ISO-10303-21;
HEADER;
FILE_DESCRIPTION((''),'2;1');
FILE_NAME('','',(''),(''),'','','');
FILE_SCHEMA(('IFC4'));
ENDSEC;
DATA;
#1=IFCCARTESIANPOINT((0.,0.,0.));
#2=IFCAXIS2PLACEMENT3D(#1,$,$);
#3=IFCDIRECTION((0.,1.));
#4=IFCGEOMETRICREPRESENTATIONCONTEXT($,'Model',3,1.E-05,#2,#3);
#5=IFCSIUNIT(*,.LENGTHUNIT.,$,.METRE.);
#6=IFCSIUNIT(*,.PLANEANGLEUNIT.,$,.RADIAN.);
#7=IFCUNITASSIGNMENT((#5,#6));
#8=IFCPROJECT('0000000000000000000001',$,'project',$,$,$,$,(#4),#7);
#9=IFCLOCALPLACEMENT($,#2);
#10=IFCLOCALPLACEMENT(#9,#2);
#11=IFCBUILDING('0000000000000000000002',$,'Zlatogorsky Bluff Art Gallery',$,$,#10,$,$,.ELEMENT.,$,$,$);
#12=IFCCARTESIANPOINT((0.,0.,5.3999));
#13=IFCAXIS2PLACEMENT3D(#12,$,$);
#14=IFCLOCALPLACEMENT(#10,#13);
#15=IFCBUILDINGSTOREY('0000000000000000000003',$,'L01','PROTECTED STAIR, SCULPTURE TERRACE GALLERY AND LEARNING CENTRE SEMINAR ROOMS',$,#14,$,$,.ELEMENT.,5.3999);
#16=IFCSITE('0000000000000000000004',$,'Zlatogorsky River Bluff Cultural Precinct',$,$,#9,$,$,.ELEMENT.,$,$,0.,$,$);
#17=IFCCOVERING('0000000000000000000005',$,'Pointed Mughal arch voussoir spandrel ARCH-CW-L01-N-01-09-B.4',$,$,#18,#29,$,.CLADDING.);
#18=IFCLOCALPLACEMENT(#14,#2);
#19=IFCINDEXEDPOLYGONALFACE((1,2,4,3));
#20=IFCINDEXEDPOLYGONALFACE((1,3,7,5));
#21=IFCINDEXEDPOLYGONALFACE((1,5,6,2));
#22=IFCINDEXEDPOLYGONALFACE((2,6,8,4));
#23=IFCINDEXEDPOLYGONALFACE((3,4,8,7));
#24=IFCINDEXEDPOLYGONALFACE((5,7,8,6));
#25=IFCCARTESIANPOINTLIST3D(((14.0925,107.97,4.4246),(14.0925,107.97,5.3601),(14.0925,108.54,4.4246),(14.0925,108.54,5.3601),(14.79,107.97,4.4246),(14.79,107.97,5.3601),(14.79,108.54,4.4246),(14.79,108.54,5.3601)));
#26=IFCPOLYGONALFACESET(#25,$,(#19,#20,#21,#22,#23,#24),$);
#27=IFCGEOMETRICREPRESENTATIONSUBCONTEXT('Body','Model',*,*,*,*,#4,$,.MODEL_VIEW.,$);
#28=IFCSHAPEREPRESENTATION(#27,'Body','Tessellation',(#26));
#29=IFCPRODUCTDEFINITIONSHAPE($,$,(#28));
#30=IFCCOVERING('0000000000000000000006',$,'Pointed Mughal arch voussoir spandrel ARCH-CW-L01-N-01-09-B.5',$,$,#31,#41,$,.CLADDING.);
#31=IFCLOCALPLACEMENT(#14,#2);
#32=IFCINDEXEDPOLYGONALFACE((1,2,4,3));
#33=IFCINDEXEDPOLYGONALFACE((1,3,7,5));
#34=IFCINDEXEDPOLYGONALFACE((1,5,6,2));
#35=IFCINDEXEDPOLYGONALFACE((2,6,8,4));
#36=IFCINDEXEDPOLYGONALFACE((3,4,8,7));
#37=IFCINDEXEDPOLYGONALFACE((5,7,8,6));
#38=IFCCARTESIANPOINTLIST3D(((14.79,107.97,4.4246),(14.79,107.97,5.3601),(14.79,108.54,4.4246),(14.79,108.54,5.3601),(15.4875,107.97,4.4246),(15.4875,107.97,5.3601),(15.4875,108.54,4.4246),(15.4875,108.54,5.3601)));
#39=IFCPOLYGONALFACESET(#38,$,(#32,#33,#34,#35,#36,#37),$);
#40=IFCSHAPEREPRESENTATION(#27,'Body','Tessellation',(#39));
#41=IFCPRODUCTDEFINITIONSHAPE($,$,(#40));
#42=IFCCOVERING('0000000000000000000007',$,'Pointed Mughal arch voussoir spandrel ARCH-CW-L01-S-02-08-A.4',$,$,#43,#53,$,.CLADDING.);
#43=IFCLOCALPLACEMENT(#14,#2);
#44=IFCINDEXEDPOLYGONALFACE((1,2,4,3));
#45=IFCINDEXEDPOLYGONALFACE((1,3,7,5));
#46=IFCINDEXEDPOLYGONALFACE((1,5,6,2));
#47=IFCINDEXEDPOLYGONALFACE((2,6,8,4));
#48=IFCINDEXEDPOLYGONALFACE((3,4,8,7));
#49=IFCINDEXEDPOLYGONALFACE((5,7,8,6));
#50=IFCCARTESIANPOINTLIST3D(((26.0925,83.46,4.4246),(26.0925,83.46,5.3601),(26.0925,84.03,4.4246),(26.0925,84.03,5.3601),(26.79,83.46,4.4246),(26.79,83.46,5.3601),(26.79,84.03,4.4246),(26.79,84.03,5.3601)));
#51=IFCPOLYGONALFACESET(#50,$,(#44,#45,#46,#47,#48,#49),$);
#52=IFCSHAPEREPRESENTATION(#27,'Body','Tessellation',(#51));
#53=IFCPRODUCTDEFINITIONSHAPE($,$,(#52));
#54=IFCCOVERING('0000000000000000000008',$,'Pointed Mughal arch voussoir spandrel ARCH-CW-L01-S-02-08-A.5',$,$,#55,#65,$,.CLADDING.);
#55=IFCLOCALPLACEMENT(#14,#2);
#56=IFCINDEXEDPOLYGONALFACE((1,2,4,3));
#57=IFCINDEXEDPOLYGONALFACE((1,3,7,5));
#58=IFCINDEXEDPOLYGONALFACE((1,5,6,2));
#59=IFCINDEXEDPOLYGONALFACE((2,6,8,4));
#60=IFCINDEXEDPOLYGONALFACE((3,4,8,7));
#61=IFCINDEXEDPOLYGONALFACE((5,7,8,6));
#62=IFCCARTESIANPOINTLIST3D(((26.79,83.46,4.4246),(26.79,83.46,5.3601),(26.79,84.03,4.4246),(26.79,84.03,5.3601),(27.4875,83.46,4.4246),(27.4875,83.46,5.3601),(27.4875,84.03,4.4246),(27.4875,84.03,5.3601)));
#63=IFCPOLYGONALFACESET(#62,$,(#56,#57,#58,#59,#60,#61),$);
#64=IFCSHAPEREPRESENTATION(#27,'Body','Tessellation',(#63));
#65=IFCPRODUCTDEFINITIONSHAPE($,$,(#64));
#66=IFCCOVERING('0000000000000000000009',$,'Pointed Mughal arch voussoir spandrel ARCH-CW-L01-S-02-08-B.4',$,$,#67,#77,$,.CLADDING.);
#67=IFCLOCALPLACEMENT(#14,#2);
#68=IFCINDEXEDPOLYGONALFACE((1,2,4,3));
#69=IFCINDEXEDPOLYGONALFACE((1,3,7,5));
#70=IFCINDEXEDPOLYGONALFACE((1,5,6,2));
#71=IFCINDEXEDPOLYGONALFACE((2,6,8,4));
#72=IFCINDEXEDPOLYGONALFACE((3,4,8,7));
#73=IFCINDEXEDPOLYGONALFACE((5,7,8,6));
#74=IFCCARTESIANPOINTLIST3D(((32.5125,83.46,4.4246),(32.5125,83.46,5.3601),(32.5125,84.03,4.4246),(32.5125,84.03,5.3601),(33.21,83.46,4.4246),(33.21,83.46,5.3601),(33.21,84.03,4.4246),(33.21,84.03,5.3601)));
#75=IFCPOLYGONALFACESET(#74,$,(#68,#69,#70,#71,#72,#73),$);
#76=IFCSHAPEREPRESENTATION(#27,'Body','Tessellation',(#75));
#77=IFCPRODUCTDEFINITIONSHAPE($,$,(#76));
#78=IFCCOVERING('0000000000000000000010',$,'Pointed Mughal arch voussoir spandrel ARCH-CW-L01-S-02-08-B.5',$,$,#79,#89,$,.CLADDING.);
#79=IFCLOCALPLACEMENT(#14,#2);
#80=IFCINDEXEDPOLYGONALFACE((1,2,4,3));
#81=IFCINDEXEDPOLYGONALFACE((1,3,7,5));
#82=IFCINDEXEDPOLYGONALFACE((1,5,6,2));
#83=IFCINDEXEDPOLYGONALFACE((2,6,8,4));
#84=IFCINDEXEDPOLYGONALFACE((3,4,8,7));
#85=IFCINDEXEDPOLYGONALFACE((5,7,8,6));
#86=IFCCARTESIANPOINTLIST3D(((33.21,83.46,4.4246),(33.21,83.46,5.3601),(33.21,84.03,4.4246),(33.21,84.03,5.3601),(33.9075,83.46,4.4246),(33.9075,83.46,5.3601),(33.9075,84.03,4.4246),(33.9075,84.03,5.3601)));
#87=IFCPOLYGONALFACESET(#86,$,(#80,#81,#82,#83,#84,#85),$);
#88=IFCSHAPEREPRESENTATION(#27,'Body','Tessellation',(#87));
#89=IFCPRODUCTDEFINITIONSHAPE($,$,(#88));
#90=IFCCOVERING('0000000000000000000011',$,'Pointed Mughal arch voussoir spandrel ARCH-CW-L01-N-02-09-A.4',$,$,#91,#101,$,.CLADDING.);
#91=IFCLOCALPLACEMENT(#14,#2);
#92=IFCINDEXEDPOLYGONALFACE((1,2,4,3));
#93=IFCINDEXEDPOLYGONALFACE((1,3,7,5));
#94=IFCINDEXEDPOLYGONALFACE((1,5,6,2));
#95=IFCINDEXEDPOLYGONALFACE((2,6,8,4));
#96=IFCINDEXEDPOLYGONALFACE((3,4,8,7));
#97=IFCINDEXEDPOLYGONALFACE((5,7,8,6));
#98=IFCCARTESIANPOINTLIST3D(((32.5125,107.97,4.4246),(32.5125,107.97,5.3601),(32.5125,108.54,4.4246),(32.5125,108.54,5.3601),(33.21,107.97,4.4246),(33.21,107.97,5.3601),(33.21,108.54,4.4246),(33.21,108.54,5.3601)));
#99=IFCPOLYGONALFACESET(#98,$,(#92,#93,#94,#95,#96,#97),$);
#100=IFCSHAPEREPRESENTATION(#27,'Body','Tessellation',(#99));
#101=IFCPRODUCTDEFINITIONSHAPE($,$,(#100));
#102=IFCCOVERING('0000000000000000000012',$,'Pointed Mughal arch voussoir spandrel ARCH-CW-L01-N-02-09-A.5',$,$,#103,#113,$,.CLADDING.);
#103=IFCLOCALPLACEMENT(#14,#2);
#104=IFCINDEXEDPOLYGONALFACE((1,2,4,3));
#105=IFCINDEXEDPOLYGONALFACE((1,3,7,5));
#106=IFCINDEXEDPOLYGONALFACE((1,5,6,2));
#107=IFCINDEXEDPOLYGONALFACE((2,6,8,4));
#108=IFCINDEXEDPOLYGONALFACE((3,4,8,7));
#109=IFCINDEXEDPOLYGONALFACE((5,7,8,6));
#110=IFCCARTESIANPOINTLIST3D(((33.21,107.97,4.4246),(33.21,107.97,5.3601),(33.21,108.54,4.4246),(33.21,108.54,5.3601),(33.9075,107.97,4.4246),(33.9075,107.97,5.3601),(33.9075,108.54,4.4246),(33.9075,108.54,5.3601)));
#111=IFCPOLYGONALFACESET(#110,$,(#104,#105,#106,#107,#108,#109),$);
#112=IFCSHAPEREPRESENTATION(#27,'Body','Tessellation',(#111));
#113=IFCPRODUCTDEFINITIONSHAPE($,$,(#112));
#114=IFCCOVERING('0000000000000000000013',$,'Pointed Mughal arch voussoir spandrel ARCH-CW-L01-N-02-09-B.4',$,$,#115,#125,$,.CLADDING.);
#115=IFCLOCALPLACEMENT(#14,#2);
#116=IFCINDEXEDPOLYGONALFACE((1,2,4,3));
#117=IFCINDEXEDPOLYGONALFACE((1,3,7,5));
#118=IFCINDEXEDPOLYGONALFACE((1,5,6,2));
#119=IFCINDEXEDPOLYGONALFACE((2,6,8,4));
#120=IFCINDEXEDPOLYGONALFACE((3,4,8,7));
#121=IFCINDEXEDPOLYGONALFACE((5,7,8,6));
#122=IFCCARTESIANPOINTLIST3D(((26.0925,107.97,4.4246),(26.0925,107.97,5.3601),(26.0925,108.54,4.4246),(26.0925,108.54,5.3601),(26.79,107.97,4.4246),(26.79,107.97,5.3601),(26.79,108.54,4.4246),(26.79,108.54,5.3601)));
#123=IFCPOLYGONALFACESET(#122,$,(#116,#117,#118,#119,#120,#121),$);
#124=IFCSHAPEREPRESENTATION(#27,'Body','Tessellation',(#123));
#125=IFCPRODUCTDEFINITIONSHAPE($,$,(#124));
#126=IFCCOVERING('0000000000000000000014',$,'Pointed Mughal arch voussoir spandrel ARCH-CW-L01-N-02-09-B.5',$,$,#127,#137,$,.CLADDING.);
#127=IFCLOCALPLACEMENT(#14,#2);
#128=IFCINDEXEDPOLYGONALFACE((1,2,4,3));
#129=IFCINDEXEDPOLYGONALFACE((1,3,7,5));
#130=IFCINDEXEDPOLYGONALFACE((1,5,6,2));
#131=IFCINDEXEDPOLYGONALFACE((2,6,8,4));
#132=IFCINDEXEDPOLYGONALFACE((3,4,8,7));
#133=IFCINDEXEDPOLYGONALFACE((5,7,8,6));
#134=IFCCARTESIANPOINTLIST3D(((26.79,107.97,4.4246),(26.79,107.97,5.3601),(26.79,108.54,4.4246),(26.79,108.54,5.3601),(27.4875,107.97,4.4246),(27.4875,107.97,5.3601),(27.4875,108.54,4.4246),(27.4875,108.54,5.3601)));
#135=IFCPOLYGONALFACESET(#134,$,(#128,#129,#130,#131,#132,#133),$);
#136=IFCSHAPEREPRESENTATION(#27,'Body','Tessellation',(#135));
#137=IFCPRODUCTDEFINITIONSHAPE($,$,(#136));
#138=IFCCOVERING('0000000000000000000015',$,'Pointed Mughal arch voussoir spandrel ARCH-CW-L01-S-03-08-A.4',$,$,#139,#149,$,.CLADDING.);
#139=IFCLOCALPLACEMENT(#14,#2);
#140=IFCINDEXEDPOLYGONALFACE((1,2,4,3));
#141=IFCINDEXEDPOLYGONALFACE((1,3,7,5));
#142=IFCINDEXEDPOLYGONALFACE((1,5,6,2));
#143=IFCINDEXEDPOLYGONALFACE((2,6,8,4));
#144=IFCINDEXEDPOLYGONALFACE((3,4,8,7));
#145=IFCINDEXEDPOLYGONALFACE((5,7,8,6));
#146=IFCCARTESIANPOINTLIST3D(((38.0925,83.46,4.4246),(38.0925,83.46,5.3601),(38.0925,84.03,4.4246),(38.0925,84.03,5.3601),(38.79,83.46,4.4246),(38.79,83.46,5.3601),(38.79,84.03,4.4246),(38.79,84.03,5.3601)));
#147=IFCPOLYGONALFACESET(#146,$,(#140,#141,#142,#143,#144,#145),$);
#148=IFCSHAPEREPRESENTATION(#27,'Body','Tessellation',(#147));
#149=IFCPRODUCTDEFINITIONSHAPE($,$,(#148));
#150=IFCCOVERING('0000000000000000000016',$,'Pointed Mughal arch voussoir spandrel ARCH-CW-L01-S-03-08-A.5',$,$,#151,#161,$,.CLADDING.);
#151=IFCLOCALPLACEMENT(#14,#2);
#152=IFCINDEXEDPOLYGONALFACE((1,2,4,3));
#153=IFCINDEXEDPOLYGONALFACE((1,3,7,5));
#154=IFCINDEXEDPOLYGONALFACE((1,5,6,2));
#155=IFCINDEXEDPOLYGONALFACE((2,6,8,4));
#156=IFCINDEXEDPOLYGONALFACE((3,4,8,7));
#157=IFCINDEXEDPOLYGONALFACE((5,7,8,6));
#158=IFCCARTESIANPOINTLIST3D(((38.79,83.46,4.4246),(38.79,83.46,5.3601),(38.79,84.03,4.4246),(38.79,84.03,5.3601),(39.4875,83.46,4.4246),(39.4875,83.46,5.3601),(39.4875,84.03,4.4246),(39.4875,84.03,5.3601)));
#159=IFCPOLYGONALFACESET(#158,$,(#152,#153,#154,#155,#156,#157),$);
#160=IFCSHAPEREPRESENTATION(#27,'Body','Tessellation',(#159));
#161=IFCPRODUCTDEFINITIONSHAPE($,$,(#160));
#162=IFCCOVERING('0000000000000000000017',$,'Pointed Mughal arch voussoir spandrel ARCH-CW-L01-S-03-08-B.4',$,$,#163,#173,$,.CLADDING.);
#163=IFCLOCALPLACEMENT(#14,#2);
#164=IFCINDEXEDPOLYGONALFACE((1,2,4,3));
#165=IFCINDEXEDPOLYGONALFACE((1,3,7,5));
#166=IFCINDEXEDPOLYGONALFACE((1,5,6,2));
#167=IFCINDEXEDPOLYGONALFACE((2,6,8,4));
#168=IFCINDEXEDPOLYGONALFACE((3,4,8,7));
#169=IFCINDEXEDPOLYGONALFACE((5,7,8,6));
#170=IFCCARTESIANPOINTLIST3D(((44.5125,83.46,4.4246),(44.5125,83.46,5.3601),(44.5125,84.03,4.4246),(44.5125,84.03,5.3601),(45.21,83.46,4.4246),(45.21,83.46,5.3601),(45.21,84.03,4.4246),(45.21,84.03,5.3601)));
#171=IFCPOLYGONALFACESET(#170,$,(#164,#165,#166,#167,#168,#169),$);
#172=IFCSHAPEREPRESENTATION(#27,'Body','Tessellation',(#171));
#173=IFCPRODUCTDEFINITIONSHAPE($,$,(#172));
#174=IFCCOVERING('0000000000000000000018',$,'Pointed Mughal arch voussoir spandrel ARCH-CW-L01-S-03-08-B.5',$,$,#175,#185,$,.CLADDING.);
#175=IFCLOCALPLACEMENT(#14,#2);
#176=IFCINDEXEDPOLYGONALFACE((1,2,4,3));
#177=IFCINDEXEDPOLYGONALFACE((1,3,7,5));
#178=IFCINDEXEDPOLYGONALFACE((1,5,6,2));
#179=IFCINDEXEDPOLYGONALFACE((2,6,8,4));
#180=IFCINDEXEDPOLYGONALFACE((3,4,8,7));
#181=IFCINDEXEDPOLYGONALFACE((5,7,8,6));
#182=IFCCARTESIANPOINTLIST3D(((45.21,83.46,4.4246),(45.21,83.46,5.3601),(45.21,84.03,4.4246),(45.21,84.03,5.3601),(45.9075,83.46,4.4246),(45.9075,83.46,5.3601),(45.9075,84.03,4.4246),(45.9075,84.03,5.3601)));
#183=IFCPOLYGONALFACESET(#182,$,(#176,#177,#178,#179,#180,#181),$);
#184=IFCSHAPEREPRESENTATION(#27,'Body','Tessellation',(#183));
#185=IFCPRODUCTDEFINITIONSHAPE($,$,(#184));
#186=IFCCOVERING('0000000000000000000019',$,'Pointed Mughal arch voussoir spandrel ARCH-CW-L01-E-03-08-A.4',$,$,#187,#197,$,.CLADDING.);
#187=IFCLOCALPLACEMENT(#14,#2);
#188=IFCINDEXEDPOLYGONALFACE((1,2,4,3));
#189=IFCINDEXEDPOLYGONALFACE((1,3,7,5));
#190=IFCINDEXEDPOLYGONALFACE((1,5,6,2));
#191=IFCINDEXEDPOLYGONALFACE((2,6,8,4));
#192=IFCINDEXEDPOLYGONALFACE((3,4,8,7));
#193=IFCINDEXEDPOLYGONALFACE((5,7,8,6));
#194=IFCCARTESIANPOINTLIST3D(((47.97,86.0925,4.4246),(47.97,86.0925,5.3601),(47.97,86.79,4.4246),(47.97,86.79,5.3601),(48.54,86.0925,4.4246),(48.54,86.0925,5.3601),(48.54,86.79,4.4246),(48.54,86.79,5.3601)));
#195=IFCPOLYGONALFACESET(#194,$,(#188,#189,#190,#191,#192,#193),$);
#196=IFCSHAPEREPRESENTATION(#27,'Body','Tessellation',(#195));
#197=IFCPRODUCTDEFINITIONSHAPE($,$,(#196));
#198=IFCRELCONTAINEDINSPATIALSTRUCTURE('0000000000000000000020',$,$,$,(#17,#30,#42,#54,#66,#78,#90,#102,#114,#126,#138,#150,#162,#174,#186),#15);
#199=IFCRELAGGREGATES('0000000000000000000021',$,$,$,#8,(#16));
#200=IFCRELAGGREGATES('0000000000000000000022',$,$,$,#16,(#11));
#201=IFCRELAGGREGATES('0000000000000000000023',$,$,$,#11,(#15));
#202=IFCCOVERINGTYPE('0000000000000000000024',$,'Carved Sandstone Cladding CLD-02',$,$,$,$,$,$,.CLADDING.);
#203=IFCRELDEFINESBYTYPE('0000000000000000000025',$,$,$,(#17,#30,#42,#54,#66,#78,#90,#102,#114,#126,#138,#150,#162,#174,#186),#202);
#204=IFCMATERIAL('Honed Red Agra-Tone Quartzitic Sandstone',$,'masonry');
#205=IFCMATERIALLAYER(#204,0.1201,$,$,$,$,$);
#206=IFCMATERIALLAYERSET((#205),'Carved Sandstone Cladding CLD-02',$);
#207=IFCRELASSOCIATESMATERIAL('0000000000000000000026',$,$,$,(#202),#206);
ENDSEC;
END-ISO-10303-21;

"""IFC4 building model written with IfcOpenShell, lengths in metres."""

from ifc_helpers import new_model, si_unit, direction, frame, origin, place, context, subcontext, project, spatial, polyline, outline, extrude, material, layer, layer_set, type_object, element, save


model = new_model("IFC4")

# Units and contexts
model_context = context("Model", 3, precision=1e-05, world=origin(), true_north=direction((0.0, 1.0)))
body_context = subcontext(model_context, "Body", "Model", "MODEL_VIEW")
ifc_project = project(units=[si_unit("LENGTHUNIT", "METRE"), si_unit("PLANEANGLEUNIT", "RADIAN")], contexts=[model_context])

# Site, building, storey
site_placement = place(None, origin())
site = spatial("IfcSite", under=ifc_project, at=site_placement, Name="Zlatogorsky River Bluff Cultural Precinct", CompositionType="ELEMENT", RefElevation=0.0)
building_placement = place(site_placement, origin())
building = spatial("IfcBuilding", under=site, at=building_placement, Name="Zlatogorsky Bluff Art Gallery", CompositionType="ELEMENT")
storey_placement = place(building_placement, frame((0.0, 0.0, 5.3999)))
storey = spatial("IfcBuildingStorey", under=building, at=storey_placement, Name="L01", Description="PROTECTED STAIR, SCULPTURE TERRACE GALLERY AND LEARNING CENTRE SEMINAR ROOMS", CompositionType="ELEMENT", Elevation=5.3999)

# Coverings
ifc_material = material(Name="Honed Red Agra-Tone Quartzitic Sandstone", Category="masonry")
ifc_layer = layer(ifc_material, 0.1201)
ifc_layer_set = layer_set([ifc_layer], Name="Carved Sandstone Cladding CLD-02")
covering_type = type_object("IfcCoveringType", Name="Carved Sandstone Cladding CLD-02", PredefinedType="CLADDING", material=ifc_layer_set)
covering_1_placement = place(storey_placement, frame((0.0, 0.0, 4.4246)))
element("IfcCovering", 1, at=covering_1_placement, inside=storey, type_object=covering_type, Name="Pointed Mughal arch voussoir spandrel ARCH-CW-L01-N-01-09-B.4", PredefinedType="CLADDING", context=body_context, shape_type="SweptSolid", body=[
    extrude(outline(polyline([(14.0925, 107.97), (14.79, 107.97), (14.79, 108.54), (14.0925, 108.54), (14.0925, 107.97)])), origin(), (0.0, 0.0, 1.0), 0.9355),
])
covering_2_placement = place(storey_placement, frame((0.0, 0.0, 4.4246)))
element("IfcCovering", 2, at=covering_2_placement, inside=storey, type_object=covering_type, Name="Pointed Mughal arch voussoir spandrel ARCH-CW-L01-N-01-09-B.5", PredefinedType="CLADDING", context=body_context, shape_type="SweptSolid", body=[
    extrude(outline(polyline([(14.79, 107.97), (15.4875, 107.97), (15.4875, 108.54), (14.79, 108.54), (14.79, 107.97)])), origin(), (0.0, 0.0, 1.0), 0.9355),
])
covering_3_placement = place(storey_placement, frame((0.0, 0.0, 4.4246)))
element("IfcCovering", 3, at=covering_3_placement, inside=storey, type_object=covering_type, Name="Pointed Mughal arch voussoir spandrel ARCH-CW-L01-S-02-08-A.4", PredefinedType="CLADDING", context=body_context, shape_type="SweptSolid", body=[
    extrude(outline(polyline([(26.0925, 83.46), (26.79, 83.46), (26.79, 84.03), (26.0925, 84.03), (26.0925, 83.46)])), origin(), (0.0, 0.0, 1.0), 0.9355),
])
covering_4_placement = place(storey_placement, frame((0.0, 0.0, 4.4246)))
element("IfcCovering", 4, at=covering_4_placement, inside=storey, type_object=covering_type, Name="Pointed Mughal arch voussoir spandrel ARCH-CW-L01-S-02-08-A.5", PredefinedType="CLADDING", context=body_context, shape_type="SweptSolid", body=[
    extrude(outline(polyline([(26.79, 83.46), (27.4875, 83.46), (27.4875, 84.03), (26.79, 84.03), (26.79, 83.46)])), origin(), (0.0, 0.0, 1.0), 0.9355),
])
covering_5_placement = place(storey_placement, frame((0.0, 0.0, 4.4246)))
element("IfcCovering", 5, at=covering_5_placement, inside=storey, type_object=covering_type, Name="Pointed Mughal arch voussoir spandrel ARCH-CW-L01-S-02-08-B.4", PredefinedType="CLADDING", context=body_context, shape_type="SweptSolid", body=[
    extrude(outline(polyline([(32.5125, 83.46), (33.21, 83.46), (33.21, 84.03), (32.5125, 84.03), (32.5125, 83.46)])), origin(), (0.0, 0.0, 1.0), 0.9355),
])
covering_6_placement = place(storey_placement, frame((0.0, 0.0, 4.4246)))
element("IfcCovering", 6, at=covering_6_placement, inside=storey, type_object=covering_type, Name="Pointed Mughal arch voussoir spandrel ARCH-CW-L01-S-02-08-B.5", PredefinedType="CLADDING", context=body_context, shape_type="SweptSolid", body=[
    extrude(outline(polyline([(33.21, 83.46), (33.9075, 83.46), (33.9075, 84.03), (33.21, 84.03), (33.21, 83.46)])), origin(), (0.0, 0.0, 1.0), 0.9355),
])
covering_7_placement = place(storey_placement, frame((0.0, 0.0, 4.4246)))
element("IfcCovering", 7, at=covering_7_placement, inside=storey, type_object=covering_type, Name="Pointed Mughal arch voussoir spandrel ARCH-CW-L01-N-02-09-A.4", PredefinedType="CLADDING", context=body_context, shape_type="SweptSolid", body=[
    extrude(outline(polyline([(32.5125, 107.97), (33.21, 107.97), (33.21, 108.54), (32.5125, 108.54), (32.5125, 107.97)])), origin(), (0.0, 0.0, 1.0), 0.9355),
])
covering_8_placement = place(storey_placement, frame((0.0, 0.0, 4.4246)))
element("IfcCovering", 8, at=covering_8_placement, inside=storey, type_object=covering_type, Name="Pointed Mughal arch voussoir spandrel ARCH-CW-L01-N-02-09-A.5", PredefinedType="CLADDING", context=body_context, shape_type="SweptSolid", body=[
    extrude(outline(polyline([(33.21, 107.97), (33.9075, 107.97), (33.9075, 108.54), (33.21, 108.54), (33.21, 107.97)])), origin(), (0.0, 0.0, 1.0), 0.9355),
])
covering_9_placement = place(storey_placement, frame((0.0, 0.0, 4.4246)))
element("IfcCovering", 9, at=covering_9_placement, inside=storey, type_object=covering_type, Name="Pointed Mughal arch voussoir spandrel ARCH-CW-L01-N-02-09-B.4", PredefinedType="CLADDING", context=body_context, shape_type="SweptSolid", body=[
    extrude(outline(polyline([(26.0925, 107.97), (26.79, 107.97), (26.79, 108.54), (26.0925, 108.54), (26.0925, 107.97)])), origin(), (0.0, 0.0, 1.0), 0.9355),
])
covering_10_placement = place(storey_placement, frame((0.0, 0.0, 4.4246)))
element("IfcCovering", 10, at=covering_10_placement, inside=storey, type_object=covering_type, Name="Pointed Mughal arch voussoir spandrel ARCH-CW-L01-N-02-09-B.5", PredefinedType="CLADDING", context=body_context, shape_type="SweptSolid", body=[
    extrude(outline(polyline([(26.79, 107.97), (27.4875, 107.97), (27.4875, 108.54), (26.79, 108.54), (26.79, 107.97)])), origin(), (0.0, 0.0, 1.0), 0.9355),
])
covering_11_placement = place(storey_placement, frame((0.0, 0.0, 4.4246)))
element("IfcCovering", 11, at=covering_11_placement, inside=storey, type_object=covering_type, Name="Pointed Mughal arch voussoir spandrel ARCH-CW-L01-S-03-08-A.4", PredefinedType="CLADDING", context=body_context, shape_type="SweptSolid", body=[
    extrude(outline(polyline([(38.0925, 83.46), (38.79, 83.46), (38.79, 84.03), (38.0925, 84.03), (38.0925, 83.46)])), origin(), (0.0, 0.0, 1.0), 0.9355),
])
covering_12_placement = place(storey_placement, frame((0.0, 0.0, 4.4246)))
element("IfcCovering", 12, at=covering_12_placement, inside=storey, type_object=covering_type, Name="Pointed Mughal arch voussoir spandrel ARCH-CW-L01-S-03-08-A.5", PredefinedType="CLADDING", context=body_context, shape_type="SweptSolid", body=[
    extrude(outline(polyline([(38.79, 83.46), (39.4875, 83.46), (39.4875, 84.03), (38.79, 84.03), (38.79, 83.46)])), origin(), (0.0, 0.0, 1.0), 0.9355),
])
covering_13_placement = place(storey_placement, frame((0.0, 0.0, 4.4246)))
element("IfcCovering", 13, at=covering_13_placement, inside=storey, type_object=covering_type, Name="Pointed Mughal arch voussoir spandrel ARCH-CW-L01-S-03-08-B.4", PredefinedType="CLADDING", context=body_context, shape_type="SweptSolid", body=[
    extrude(outline(polyline([(44.5125, 83.46), (45.21, 83.46), (45.21, 84.03), (44.5125, 84.03), (44.5125, 83.46)])), origin(), (0.0, 0.0, 1.0), 0.9355),
])
covering_14_placement = place(storey_placement, frame((0.0, 0.0, 4.4246)))
element("IfcCovering", 14, at=covering_14_placement, inside=storey, type_object=covering_type, Name="Pointed Mughal arch voussoir spandrel ARCH-CW-L01-S-03-08-B.5", PredefinedType="CLADDING", context=body_context, shape_type="SweptSolid", body=[
    extrude(outline(polyline([(45.21, 83.46), (45.9075, 83.46), (45.9075, 84.03), (45.21, 84.03), (45.21, 83.46)])), origin(), (0.0, 0.0, 1.0), 0.9355),
])
covering_15_placement = place(storey_placement, frame((0.0, 0.0, 4.4246)))
element("IfcCovering", 15, at=covering_15_placement, inside=storey, type_object=covering_type, Name="Pointed Mughal arch voussoir spandrel ARCH-CW-L01-E-03-08-A.4", PredefinedType="CLADDING", context=body_context, shape_type="SweptSolid", body=[
    extrude(outline(polyline([(47.97, 86.0925), (47.97, 86.79), (48.54, 86.79), (48.54, 86.0925), (47.97, 86.0925)])), origin(), (0.0, 0.0, 1.0), 0.9355),
])

save(model, "model.ifc")
